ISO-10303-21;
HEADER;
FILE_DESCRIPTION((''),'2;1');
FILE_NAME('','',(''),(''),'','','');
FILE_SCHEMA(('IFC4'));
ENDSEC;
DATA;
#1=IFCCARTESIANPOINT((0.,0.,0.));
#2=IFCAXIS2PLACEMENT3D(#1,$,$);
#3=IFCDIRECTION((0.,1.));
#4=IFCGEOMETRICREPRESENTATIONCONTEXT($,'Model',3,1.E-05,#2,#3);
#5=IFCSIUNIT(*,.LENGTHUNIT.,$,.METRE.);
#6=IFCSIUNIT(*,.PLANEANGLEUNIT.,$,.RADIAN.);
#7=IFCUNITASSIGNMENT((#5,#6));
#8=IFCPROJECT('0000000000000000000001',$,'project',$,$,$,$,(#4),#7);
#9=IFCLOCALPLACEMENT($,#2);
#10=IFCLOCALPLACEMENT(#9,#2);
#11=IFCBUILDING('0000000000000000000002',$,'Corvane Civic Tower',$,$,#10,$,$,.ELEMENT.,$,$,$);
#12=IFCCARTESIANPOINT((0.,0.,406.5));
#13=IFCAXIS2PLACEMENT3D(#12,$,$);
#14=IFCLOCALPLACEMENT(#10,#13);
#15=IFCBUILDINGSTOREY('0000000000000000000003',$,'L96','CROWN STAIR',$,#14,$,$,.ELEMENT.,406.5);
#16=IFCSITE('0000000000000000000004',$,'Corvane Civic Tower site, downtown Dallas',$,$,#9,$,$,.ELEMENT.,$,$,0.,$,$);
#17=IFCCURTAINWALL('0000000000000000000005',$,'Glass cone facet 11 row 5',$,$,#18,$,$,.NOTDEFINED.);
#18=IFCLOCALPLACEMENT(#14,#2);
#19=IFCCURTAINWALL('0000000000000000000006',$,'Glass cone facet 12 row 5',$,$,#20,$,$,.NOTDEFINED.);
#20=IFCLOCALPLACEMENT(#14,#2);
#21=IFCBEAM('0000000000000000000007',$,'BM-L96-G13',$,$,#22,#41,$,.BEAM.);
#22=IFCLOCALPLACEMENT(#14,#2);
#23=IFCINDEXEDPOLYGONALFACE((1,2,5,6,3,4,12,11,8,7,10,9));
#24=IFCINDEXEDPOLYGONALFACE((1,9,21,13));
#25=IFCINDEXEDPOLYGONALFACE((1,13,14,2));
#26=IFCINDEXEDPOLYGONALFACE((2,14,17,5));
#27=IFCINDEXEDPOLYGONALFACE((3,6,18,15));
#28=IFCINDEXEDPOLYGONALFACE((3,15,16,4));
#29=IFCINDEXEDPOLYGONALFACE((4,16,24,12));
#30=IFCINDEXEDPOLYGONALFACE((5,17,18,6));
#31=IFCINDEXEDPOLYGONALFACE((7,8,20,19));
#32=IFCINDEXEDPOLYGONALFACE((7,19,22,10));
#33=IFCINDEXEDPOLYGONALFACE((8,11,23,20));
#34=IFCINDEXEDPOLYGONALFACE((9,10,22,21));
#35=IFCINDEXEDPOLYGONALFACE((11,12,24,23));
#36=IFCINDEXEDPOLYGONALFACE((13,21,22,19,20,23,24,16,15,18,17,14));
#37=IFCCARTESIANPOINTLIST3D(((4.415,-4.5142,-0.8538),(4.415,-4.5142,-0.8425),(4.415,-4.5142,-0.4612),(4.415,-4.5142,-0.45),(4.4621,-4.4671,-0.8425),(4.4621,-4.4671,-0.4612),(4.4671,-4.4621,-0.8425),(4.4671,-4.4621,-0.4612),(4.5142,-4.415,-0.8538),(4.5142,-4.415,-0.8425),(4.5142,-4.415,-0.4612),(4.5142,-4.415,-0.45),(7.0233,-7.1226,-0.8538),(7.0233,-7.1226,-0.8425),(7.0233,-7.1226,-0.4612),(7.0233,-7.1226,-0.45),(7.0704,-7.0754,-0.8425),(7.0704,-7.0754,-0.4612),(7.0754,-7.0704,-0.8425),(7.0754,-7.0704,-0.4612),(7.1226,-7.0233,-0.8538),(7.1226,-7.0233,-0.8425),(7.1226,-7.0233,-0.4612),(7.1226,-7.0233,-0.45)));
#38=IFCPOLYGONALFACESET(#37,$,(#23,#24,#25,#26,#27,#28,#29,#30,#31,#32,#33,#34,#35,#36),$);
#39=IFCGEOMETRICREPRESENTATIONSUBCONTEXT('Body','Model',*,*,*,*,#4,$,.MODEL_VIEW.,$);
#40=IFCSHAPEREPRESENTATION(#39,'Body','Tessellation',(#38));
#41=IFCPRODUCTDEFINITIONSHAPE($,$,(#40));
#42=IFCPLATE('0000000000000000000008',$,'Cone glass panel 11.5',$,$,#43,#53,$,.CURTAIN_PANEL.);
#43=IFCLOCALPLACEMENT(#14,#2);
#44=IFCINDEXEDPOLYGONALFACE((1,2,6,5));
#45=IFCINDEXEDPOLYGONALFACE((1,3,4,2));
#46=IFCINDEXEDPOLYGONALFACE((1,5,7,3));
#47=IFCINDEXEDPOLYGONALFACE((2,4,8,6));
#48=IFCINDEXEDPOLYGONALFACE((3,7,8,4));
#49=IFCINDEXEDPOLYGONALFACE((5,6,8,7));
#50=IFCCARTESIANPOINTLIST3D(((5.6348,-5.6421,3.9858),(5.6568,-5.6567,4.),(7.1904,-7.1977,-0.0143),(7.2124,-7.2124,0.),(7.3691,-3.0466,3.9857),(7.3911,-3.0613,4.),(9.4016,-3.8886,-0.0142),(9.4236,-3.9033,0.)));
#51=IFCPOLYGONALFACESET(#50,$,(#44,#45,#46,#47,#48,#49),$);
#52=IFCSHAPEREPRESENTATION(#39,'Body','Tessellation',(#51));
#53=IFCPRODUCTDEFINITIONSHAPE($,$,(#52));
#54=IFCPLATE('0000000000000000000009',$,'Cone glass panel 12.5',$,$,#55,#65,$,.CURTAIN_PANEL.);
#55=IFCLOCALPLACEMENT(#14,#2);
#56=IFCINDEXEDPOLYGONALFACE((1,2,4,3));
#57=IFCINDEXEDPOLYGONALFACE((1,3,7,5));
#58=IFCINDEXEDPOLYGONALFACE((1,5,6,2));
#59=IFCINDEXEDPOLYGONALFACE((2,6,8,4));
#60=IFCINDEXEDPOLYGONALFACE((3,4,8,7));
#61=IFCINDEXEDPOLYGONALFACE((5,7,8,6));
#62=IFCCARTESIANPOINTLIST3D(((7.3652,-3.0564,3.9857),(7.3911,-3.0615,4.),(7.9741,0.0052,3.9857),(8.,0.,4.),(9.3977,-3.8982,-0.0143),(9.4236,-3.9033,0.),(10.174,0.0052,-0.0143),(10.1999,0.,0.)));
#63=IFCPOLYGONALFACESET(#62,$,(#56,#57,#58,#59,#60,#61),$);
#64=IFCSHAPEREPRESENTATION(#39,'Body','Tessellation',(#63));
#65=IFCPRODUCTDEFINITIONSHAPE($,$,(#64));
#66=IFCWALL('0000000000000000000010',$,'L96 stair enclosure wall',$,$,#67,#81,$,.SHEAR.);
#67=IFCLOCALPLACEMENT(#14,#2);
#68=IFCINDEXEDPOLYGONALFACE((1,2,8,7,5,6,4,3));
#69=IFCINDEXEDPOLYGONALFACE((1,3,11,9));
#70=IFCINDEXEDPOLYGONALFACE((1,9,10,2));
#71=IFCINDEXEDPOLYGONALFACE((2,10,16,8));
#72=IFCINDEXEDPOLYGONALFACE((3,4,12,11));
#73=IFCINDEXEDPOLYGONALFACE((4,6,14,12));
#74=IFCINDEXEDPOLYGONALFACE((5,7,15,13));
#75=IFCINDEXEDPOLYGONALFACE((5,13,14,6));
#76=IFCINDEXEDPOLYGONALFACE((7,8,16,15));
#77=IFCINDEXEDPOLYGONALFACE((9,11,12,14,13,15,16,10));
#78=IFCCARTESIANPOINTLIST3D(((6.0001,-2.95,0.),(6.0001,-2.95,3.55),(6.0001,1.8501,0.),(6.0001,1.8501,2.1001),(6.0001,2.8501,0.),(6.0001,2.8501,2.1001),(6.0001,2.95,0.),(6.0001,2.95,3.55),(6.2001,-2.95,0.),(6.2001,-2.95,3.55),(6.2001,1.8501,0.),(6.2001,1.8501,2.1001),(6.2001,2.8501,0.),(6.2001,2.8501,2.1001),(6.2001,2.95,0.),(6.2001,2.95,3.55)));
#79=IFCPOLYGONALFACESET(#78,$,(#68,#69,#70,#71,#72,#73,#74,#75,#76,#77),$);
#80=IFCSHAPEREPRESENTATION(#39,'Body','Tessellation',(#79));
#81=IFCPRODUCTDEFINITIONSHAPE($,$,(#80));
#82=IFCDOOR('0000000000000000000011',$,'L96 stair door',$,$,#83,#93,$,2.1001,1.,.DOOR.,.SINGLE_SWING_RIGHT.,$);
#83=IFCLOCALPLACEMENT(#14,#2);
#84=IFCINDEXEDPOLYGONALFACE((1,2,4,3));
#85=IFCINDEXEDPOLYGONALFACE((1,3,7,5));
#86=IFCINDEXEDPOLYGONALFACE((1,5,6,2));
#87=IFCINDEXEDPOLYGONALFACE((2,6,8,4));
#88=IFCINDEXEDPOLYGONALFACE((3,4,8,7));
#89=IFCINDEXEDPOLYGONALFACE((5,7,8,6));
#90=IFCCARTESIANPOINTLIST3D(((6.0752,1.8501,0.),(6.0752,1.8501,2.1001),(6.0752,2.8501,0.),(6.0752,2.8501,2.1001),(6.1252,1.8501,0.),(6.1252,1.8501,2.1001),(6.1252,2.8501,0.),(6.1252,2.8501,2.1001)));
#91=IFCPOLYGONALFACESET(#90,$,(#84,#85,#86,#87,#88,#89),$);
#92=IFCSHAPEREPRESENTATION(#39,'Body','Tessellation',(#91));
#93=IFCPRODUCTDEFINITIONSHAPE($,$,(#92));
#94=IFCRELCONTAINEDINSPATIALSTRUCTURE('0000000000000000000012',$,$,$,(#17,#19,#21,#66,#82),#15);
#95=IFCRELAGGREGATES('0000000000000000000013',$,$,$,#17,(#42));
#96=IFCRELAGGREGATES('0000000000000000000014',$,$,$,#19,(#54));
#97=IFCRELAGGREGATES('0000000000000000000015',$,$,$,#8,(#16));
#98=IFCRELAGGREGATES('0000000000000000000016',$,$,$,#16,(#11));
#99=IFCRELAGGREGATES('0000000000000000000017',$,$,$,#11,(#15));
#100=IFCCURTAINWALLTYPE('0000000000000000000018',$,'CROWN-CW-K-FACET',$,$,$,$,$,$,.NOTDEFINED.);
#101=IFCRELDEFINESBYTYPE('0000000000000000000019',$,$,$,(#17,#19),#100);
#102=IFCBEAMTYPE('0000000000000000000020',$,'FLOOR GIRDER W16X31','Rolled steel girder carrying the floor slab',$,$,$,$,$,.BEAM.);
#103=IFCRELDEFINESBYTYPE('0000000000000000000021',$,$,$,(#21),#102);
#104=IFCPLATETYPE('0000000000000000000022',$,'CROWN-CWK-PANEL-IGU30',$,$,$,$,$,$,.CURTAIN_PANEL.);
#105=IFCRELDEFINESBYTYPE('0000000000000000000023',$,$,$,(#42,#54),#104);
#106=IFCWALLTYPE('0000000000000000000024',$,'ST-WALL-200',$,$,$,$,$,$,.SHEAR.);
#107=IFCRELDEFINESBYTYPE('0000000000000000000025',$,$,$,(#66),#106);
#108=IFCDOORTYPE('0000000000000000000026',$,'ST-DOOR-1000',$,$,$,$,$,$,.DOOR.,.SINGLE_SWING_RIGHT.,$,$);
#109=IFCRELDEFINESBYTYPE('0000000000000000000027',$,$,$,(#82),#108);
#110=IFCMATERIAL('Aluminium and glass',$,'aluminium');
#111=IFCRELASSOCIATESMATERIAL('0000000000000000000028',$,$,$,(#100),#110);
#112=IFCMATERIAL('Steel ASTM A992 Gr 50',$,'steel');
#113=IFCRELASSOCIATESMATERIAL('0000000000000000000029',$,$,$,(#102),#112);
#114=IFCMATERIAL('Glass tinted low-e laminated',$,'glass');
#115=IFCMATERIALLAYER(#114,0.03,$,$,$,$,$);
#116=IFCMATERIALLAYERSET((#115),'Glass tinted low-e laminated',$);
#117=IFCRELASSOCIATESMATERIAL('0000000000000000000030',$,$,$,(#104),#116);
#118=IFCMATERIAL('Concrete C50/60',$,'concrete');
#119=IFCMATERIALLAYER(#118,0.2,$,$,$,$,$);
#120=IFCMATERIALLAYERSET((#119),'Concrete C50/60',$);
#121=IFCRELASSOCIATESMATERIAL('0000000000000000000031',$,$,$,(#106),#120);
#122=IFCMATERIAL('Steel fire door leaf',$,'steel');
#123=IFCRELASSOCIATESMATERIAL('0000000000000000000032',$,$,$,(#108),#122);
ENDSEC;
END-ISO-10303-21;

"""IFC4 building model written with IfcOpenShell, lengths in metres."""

from ifc_helpers import new_model, si_unit, direction, frame, frame_2d, origin, origin_2d, place, context, subcontext, project, spatial, polyline, rectangle, i_section, outline, extrude, material, layer, layer_set, material_profile, profile_set, type_object, element, fill, aggregate, save


model = new_model("IFC4")

# Units and contexts
model_context = context("Model", 3, precision=1e-05, world=origin(), true_north=direction((0.0, 1.0)))
body_context = subcontext(model_context, "Body", "Model", "MODEL_VIEW")
ifc_project = project(units=[si_unit("LENGTHUNIT", "METRE"), si_unit("PLANEANGLEUNIT", "RADIAN")], contexts=[model_context])

# Site, building, storey
site_placement = place(None, origin())
site = spatial("IfcSite", under=ifc_project, at=site_placement, Name="Corvane Civic Tower site, downtown Dallas", CompositionType="ELEMENT", RefElevation=0.0)
building_placement = place(site_placement, origin())
building = spatial("IfcBuilding", under=site, at=building_placement, Name="Corvane Civic Tower", CompositionType="ELEMENT")
storey_placement = place(building_placement, frame((0.0, 0.0, 406.5)))
storey = spatial("IfcBuildingStorey", under=building, at=storey_placement, Name="L96", Description="CROWN STAIR", CompositionType="ELEMENT", Elevation=406.5)

# Curtain walls
ifc_material_1 = material(Name="Aluminium and glass", Category="aluminium")
curtain_wall_type = type_object("IfcCurtainWallType", Name="CROWN-CW-K-FACET", PredefinedType="NOTDEFINED", material=ifc_material_1)
curtain_wall_1_placement = place(storey_placement, origin())
curtain_wall_1 = element("IfcCurtainWall", 1, at=curtain_wall_1_placement, inside=storey, type_object=curtain_wall_type, Name="Glass cone facet 11 row 5", PredefinedType="NOTDEFINED")
curtain_wall_2_placement = place(storey_placement, origin())
curtain_wall_2 = element("IfcCurtainWall", 2, at=curtain_wall_2_placement, inside=storey, type_object=curtain_wall_type, Name="Glass cone facet 12 row 5", PredefinedType="NOTDEFINED")

# Beam
ifc_material_2 = material(Name="Steel ASTM A992 Gr 50", Category="steel")
ifc_material_profile_1 = material_profile(ifc_material_2, i_section(OverallWidth=0.1404, OverallDepth=0.4038, WebThickness=0.0071, FlangeThickness=0.0112, at=origin_2d()), Name="W16X31")
ifc_profile_set_1 = profile_set([ifc_material_profile_1], Name="Steel ASTM A992 Gr 50")
beam_type_1 = type_object("IfcBeamType", Name="FLOOR GIRDER W16X31", Description="Rolled steel girder carrying the floor slab", PredefinedType="BEAM", material=ifc_profile_set_1)
beam_placement = place(storey_placement, frame((4.4646, -4.4646, -0.6519), z_axis=(0.707107, -0.707107, 0.0), x_axis=(0.707107, 0.707107, 0.0)))
element("IfcBeam", 3, at=beam_placement, inside=storey, type_object=beam_type_1, Name="BM-L96-G13", PredefinedType="BEAM", context=body_context, shape_type="SweptSolid", body=[
    extrude(i_section(OverallWidth=0.1404, OverallDepth=0.4038, WebThickness=0.0071, FlangeThickness=0.0112, at=origin_2d()), origin(), (0.0, 0.0, 1.0), 3.6887),
])

# Plates
ifc_material_3 = material(Name="Glass tinted low-e laminated", Category="glass")
ifc_layer_1 = layer(ifc_material_3, 0.03)
ifc_layer_set_1 = layer_set([ifc_layer_1], Name="Glass tinted low-e laminated")
plate_type = type_object("IfcPlateType", Name="CROWN-CWK-PANEL-IGU30", PredefinedType="CURTAIN_PANEL", material=ifc_layer_set_1)
plate_1_placement = place(storey_placement, frame((7.2124, -7.2124, 0.0), z_axis=(0.731771, -0.488987, 0.474767), x_axis=(0.555595, 0.831453, 0.000002)))
plate_1 = element("IfcPlate", 4, at=plate_1_placement, type_object=plate_type, Name="Cone glass panel 11.5", PredefinedType="CURTAIN_PANEL", context=body_context, shape_type="SweptSolid", body=[
    extrude(outline(polyline([(0.0, 0.0), (3.9799, 0.0), (3.5508, 4.5449), (0.4292, 4.5449), (0.0, 0.0)])), origin(), (0.0, 0.0, -1.0), 0.03),
])
aggregate(curtain_wall_1, [plate_1])
plate_2_placement = place(storey_placement, frame((9.4236, -3.9033, 0.0), z_axis=(0.863212, -0.171686, 0.474751), x_axis=(0.195073, 0.980789, -0.000003)))
plate_2 = element("IfcPlate", 5, at=plate_2_placement, type_object=plate_type, Name="Cone glass panel 12.5", PredefinedType="CURTAIN_PANEL", context=body_context, shape_type="SweptSolid", body=[
    extrude(outline(polyline([(0.0, 0.0), (3.9798, 0.0), (3.5506, 4.5448), (0.4291, 4.5448), (0.0, 0.0)])), origin(), (0.0, 0.0, -1.0), 0.03),
])
aggregate(curtain_wall_2, [plate_2])

# Wall, opening, door
ifc_material_4 = material(Name="Concrete C50/60", Category="concrete")
ifc_layer_2 = layer(ifc_material_4, 0.2)
ifc_layer_set_2 = layer_set([ifc_layer_2], Name="Concrete C50/60")
wall_type = type_object("IfcWallType", Name="ST-WALL-200", PredefinedType="SHEAR", material=ifc_layer_set_2)
wall_placement = place(storey_placement, frame((6.1001, -2.95, 0.0), z_axis=(0.0, 0.0, 1.0), x_axis=(0.0, 1.0, 0.0)))
wall = element("IfcWall", 6, at=wall_placement, inside=storey, type_object=wall_type, Name="L96 stair enclosure wall", PredefinedType="SHEAR", context=body_context, shape_type="SweptSolid", body=[
    extrude(rectangle(XDim=5.8999, YDim=0.2, at=frame_2d((2.95, 0.0))), origin(), (0.0, 0.0, 1.0), 3.55),
])
opening_placement = place(wall_placement, frame((4.8, 0.0, 0.0)))
opening = element("IfcOpeningElement", 7, at=opening_placement, cuts=wall, PredefinedType="OPENING", context=body_context, shape_type="SweptSolid", body=[
    extrude(rectangle(XDim=1.0, YDim=2.1001, at=frame_2d((0.5, 1.05))), frame((0.0, 0.1099, 0.0), z_axis=(0.0, -1.0, 0.0), x_axis=(1.0, 0.0, 0.0)), (0.0, 0.0, 1.0), 0.22),
])
ifc_material_5 = material(Name="Steel fire door leaf", Category="steel")
door_type = type_object("IfcDoorType", Name="ST-DOOR-1000", OperationType="SINGLE_SWING_RIGHT", PredefinedType="DOOR", material=ifc_material_5)
door_placement = place(opening_placement, origin())
door = element("IfcDoor", 8, at=door_placement, inside=storey, type_object=door_type, Name="L96 stair door", OperationType="SINGLE_SWING_RIGHT", OverallHeight=2.1001, OverallWidth=1.0, PredefinedType="DOOR", context=body_context, shape_type="SweptSolid", body=[
    extrude(rectangle(XDim=1.0, YDim=2.1001, at=frame_2d((0.5, 1.05))), frame((0.0, 0.0249, 0.0), z_axis=(0.0, -1.0, 0.0), x_axis=(1.0, 0.0, 0.0)), (0.0, 0.0, 1.0), 0.05),
])
fill(opening, door)

save(model, "model.ifc")
